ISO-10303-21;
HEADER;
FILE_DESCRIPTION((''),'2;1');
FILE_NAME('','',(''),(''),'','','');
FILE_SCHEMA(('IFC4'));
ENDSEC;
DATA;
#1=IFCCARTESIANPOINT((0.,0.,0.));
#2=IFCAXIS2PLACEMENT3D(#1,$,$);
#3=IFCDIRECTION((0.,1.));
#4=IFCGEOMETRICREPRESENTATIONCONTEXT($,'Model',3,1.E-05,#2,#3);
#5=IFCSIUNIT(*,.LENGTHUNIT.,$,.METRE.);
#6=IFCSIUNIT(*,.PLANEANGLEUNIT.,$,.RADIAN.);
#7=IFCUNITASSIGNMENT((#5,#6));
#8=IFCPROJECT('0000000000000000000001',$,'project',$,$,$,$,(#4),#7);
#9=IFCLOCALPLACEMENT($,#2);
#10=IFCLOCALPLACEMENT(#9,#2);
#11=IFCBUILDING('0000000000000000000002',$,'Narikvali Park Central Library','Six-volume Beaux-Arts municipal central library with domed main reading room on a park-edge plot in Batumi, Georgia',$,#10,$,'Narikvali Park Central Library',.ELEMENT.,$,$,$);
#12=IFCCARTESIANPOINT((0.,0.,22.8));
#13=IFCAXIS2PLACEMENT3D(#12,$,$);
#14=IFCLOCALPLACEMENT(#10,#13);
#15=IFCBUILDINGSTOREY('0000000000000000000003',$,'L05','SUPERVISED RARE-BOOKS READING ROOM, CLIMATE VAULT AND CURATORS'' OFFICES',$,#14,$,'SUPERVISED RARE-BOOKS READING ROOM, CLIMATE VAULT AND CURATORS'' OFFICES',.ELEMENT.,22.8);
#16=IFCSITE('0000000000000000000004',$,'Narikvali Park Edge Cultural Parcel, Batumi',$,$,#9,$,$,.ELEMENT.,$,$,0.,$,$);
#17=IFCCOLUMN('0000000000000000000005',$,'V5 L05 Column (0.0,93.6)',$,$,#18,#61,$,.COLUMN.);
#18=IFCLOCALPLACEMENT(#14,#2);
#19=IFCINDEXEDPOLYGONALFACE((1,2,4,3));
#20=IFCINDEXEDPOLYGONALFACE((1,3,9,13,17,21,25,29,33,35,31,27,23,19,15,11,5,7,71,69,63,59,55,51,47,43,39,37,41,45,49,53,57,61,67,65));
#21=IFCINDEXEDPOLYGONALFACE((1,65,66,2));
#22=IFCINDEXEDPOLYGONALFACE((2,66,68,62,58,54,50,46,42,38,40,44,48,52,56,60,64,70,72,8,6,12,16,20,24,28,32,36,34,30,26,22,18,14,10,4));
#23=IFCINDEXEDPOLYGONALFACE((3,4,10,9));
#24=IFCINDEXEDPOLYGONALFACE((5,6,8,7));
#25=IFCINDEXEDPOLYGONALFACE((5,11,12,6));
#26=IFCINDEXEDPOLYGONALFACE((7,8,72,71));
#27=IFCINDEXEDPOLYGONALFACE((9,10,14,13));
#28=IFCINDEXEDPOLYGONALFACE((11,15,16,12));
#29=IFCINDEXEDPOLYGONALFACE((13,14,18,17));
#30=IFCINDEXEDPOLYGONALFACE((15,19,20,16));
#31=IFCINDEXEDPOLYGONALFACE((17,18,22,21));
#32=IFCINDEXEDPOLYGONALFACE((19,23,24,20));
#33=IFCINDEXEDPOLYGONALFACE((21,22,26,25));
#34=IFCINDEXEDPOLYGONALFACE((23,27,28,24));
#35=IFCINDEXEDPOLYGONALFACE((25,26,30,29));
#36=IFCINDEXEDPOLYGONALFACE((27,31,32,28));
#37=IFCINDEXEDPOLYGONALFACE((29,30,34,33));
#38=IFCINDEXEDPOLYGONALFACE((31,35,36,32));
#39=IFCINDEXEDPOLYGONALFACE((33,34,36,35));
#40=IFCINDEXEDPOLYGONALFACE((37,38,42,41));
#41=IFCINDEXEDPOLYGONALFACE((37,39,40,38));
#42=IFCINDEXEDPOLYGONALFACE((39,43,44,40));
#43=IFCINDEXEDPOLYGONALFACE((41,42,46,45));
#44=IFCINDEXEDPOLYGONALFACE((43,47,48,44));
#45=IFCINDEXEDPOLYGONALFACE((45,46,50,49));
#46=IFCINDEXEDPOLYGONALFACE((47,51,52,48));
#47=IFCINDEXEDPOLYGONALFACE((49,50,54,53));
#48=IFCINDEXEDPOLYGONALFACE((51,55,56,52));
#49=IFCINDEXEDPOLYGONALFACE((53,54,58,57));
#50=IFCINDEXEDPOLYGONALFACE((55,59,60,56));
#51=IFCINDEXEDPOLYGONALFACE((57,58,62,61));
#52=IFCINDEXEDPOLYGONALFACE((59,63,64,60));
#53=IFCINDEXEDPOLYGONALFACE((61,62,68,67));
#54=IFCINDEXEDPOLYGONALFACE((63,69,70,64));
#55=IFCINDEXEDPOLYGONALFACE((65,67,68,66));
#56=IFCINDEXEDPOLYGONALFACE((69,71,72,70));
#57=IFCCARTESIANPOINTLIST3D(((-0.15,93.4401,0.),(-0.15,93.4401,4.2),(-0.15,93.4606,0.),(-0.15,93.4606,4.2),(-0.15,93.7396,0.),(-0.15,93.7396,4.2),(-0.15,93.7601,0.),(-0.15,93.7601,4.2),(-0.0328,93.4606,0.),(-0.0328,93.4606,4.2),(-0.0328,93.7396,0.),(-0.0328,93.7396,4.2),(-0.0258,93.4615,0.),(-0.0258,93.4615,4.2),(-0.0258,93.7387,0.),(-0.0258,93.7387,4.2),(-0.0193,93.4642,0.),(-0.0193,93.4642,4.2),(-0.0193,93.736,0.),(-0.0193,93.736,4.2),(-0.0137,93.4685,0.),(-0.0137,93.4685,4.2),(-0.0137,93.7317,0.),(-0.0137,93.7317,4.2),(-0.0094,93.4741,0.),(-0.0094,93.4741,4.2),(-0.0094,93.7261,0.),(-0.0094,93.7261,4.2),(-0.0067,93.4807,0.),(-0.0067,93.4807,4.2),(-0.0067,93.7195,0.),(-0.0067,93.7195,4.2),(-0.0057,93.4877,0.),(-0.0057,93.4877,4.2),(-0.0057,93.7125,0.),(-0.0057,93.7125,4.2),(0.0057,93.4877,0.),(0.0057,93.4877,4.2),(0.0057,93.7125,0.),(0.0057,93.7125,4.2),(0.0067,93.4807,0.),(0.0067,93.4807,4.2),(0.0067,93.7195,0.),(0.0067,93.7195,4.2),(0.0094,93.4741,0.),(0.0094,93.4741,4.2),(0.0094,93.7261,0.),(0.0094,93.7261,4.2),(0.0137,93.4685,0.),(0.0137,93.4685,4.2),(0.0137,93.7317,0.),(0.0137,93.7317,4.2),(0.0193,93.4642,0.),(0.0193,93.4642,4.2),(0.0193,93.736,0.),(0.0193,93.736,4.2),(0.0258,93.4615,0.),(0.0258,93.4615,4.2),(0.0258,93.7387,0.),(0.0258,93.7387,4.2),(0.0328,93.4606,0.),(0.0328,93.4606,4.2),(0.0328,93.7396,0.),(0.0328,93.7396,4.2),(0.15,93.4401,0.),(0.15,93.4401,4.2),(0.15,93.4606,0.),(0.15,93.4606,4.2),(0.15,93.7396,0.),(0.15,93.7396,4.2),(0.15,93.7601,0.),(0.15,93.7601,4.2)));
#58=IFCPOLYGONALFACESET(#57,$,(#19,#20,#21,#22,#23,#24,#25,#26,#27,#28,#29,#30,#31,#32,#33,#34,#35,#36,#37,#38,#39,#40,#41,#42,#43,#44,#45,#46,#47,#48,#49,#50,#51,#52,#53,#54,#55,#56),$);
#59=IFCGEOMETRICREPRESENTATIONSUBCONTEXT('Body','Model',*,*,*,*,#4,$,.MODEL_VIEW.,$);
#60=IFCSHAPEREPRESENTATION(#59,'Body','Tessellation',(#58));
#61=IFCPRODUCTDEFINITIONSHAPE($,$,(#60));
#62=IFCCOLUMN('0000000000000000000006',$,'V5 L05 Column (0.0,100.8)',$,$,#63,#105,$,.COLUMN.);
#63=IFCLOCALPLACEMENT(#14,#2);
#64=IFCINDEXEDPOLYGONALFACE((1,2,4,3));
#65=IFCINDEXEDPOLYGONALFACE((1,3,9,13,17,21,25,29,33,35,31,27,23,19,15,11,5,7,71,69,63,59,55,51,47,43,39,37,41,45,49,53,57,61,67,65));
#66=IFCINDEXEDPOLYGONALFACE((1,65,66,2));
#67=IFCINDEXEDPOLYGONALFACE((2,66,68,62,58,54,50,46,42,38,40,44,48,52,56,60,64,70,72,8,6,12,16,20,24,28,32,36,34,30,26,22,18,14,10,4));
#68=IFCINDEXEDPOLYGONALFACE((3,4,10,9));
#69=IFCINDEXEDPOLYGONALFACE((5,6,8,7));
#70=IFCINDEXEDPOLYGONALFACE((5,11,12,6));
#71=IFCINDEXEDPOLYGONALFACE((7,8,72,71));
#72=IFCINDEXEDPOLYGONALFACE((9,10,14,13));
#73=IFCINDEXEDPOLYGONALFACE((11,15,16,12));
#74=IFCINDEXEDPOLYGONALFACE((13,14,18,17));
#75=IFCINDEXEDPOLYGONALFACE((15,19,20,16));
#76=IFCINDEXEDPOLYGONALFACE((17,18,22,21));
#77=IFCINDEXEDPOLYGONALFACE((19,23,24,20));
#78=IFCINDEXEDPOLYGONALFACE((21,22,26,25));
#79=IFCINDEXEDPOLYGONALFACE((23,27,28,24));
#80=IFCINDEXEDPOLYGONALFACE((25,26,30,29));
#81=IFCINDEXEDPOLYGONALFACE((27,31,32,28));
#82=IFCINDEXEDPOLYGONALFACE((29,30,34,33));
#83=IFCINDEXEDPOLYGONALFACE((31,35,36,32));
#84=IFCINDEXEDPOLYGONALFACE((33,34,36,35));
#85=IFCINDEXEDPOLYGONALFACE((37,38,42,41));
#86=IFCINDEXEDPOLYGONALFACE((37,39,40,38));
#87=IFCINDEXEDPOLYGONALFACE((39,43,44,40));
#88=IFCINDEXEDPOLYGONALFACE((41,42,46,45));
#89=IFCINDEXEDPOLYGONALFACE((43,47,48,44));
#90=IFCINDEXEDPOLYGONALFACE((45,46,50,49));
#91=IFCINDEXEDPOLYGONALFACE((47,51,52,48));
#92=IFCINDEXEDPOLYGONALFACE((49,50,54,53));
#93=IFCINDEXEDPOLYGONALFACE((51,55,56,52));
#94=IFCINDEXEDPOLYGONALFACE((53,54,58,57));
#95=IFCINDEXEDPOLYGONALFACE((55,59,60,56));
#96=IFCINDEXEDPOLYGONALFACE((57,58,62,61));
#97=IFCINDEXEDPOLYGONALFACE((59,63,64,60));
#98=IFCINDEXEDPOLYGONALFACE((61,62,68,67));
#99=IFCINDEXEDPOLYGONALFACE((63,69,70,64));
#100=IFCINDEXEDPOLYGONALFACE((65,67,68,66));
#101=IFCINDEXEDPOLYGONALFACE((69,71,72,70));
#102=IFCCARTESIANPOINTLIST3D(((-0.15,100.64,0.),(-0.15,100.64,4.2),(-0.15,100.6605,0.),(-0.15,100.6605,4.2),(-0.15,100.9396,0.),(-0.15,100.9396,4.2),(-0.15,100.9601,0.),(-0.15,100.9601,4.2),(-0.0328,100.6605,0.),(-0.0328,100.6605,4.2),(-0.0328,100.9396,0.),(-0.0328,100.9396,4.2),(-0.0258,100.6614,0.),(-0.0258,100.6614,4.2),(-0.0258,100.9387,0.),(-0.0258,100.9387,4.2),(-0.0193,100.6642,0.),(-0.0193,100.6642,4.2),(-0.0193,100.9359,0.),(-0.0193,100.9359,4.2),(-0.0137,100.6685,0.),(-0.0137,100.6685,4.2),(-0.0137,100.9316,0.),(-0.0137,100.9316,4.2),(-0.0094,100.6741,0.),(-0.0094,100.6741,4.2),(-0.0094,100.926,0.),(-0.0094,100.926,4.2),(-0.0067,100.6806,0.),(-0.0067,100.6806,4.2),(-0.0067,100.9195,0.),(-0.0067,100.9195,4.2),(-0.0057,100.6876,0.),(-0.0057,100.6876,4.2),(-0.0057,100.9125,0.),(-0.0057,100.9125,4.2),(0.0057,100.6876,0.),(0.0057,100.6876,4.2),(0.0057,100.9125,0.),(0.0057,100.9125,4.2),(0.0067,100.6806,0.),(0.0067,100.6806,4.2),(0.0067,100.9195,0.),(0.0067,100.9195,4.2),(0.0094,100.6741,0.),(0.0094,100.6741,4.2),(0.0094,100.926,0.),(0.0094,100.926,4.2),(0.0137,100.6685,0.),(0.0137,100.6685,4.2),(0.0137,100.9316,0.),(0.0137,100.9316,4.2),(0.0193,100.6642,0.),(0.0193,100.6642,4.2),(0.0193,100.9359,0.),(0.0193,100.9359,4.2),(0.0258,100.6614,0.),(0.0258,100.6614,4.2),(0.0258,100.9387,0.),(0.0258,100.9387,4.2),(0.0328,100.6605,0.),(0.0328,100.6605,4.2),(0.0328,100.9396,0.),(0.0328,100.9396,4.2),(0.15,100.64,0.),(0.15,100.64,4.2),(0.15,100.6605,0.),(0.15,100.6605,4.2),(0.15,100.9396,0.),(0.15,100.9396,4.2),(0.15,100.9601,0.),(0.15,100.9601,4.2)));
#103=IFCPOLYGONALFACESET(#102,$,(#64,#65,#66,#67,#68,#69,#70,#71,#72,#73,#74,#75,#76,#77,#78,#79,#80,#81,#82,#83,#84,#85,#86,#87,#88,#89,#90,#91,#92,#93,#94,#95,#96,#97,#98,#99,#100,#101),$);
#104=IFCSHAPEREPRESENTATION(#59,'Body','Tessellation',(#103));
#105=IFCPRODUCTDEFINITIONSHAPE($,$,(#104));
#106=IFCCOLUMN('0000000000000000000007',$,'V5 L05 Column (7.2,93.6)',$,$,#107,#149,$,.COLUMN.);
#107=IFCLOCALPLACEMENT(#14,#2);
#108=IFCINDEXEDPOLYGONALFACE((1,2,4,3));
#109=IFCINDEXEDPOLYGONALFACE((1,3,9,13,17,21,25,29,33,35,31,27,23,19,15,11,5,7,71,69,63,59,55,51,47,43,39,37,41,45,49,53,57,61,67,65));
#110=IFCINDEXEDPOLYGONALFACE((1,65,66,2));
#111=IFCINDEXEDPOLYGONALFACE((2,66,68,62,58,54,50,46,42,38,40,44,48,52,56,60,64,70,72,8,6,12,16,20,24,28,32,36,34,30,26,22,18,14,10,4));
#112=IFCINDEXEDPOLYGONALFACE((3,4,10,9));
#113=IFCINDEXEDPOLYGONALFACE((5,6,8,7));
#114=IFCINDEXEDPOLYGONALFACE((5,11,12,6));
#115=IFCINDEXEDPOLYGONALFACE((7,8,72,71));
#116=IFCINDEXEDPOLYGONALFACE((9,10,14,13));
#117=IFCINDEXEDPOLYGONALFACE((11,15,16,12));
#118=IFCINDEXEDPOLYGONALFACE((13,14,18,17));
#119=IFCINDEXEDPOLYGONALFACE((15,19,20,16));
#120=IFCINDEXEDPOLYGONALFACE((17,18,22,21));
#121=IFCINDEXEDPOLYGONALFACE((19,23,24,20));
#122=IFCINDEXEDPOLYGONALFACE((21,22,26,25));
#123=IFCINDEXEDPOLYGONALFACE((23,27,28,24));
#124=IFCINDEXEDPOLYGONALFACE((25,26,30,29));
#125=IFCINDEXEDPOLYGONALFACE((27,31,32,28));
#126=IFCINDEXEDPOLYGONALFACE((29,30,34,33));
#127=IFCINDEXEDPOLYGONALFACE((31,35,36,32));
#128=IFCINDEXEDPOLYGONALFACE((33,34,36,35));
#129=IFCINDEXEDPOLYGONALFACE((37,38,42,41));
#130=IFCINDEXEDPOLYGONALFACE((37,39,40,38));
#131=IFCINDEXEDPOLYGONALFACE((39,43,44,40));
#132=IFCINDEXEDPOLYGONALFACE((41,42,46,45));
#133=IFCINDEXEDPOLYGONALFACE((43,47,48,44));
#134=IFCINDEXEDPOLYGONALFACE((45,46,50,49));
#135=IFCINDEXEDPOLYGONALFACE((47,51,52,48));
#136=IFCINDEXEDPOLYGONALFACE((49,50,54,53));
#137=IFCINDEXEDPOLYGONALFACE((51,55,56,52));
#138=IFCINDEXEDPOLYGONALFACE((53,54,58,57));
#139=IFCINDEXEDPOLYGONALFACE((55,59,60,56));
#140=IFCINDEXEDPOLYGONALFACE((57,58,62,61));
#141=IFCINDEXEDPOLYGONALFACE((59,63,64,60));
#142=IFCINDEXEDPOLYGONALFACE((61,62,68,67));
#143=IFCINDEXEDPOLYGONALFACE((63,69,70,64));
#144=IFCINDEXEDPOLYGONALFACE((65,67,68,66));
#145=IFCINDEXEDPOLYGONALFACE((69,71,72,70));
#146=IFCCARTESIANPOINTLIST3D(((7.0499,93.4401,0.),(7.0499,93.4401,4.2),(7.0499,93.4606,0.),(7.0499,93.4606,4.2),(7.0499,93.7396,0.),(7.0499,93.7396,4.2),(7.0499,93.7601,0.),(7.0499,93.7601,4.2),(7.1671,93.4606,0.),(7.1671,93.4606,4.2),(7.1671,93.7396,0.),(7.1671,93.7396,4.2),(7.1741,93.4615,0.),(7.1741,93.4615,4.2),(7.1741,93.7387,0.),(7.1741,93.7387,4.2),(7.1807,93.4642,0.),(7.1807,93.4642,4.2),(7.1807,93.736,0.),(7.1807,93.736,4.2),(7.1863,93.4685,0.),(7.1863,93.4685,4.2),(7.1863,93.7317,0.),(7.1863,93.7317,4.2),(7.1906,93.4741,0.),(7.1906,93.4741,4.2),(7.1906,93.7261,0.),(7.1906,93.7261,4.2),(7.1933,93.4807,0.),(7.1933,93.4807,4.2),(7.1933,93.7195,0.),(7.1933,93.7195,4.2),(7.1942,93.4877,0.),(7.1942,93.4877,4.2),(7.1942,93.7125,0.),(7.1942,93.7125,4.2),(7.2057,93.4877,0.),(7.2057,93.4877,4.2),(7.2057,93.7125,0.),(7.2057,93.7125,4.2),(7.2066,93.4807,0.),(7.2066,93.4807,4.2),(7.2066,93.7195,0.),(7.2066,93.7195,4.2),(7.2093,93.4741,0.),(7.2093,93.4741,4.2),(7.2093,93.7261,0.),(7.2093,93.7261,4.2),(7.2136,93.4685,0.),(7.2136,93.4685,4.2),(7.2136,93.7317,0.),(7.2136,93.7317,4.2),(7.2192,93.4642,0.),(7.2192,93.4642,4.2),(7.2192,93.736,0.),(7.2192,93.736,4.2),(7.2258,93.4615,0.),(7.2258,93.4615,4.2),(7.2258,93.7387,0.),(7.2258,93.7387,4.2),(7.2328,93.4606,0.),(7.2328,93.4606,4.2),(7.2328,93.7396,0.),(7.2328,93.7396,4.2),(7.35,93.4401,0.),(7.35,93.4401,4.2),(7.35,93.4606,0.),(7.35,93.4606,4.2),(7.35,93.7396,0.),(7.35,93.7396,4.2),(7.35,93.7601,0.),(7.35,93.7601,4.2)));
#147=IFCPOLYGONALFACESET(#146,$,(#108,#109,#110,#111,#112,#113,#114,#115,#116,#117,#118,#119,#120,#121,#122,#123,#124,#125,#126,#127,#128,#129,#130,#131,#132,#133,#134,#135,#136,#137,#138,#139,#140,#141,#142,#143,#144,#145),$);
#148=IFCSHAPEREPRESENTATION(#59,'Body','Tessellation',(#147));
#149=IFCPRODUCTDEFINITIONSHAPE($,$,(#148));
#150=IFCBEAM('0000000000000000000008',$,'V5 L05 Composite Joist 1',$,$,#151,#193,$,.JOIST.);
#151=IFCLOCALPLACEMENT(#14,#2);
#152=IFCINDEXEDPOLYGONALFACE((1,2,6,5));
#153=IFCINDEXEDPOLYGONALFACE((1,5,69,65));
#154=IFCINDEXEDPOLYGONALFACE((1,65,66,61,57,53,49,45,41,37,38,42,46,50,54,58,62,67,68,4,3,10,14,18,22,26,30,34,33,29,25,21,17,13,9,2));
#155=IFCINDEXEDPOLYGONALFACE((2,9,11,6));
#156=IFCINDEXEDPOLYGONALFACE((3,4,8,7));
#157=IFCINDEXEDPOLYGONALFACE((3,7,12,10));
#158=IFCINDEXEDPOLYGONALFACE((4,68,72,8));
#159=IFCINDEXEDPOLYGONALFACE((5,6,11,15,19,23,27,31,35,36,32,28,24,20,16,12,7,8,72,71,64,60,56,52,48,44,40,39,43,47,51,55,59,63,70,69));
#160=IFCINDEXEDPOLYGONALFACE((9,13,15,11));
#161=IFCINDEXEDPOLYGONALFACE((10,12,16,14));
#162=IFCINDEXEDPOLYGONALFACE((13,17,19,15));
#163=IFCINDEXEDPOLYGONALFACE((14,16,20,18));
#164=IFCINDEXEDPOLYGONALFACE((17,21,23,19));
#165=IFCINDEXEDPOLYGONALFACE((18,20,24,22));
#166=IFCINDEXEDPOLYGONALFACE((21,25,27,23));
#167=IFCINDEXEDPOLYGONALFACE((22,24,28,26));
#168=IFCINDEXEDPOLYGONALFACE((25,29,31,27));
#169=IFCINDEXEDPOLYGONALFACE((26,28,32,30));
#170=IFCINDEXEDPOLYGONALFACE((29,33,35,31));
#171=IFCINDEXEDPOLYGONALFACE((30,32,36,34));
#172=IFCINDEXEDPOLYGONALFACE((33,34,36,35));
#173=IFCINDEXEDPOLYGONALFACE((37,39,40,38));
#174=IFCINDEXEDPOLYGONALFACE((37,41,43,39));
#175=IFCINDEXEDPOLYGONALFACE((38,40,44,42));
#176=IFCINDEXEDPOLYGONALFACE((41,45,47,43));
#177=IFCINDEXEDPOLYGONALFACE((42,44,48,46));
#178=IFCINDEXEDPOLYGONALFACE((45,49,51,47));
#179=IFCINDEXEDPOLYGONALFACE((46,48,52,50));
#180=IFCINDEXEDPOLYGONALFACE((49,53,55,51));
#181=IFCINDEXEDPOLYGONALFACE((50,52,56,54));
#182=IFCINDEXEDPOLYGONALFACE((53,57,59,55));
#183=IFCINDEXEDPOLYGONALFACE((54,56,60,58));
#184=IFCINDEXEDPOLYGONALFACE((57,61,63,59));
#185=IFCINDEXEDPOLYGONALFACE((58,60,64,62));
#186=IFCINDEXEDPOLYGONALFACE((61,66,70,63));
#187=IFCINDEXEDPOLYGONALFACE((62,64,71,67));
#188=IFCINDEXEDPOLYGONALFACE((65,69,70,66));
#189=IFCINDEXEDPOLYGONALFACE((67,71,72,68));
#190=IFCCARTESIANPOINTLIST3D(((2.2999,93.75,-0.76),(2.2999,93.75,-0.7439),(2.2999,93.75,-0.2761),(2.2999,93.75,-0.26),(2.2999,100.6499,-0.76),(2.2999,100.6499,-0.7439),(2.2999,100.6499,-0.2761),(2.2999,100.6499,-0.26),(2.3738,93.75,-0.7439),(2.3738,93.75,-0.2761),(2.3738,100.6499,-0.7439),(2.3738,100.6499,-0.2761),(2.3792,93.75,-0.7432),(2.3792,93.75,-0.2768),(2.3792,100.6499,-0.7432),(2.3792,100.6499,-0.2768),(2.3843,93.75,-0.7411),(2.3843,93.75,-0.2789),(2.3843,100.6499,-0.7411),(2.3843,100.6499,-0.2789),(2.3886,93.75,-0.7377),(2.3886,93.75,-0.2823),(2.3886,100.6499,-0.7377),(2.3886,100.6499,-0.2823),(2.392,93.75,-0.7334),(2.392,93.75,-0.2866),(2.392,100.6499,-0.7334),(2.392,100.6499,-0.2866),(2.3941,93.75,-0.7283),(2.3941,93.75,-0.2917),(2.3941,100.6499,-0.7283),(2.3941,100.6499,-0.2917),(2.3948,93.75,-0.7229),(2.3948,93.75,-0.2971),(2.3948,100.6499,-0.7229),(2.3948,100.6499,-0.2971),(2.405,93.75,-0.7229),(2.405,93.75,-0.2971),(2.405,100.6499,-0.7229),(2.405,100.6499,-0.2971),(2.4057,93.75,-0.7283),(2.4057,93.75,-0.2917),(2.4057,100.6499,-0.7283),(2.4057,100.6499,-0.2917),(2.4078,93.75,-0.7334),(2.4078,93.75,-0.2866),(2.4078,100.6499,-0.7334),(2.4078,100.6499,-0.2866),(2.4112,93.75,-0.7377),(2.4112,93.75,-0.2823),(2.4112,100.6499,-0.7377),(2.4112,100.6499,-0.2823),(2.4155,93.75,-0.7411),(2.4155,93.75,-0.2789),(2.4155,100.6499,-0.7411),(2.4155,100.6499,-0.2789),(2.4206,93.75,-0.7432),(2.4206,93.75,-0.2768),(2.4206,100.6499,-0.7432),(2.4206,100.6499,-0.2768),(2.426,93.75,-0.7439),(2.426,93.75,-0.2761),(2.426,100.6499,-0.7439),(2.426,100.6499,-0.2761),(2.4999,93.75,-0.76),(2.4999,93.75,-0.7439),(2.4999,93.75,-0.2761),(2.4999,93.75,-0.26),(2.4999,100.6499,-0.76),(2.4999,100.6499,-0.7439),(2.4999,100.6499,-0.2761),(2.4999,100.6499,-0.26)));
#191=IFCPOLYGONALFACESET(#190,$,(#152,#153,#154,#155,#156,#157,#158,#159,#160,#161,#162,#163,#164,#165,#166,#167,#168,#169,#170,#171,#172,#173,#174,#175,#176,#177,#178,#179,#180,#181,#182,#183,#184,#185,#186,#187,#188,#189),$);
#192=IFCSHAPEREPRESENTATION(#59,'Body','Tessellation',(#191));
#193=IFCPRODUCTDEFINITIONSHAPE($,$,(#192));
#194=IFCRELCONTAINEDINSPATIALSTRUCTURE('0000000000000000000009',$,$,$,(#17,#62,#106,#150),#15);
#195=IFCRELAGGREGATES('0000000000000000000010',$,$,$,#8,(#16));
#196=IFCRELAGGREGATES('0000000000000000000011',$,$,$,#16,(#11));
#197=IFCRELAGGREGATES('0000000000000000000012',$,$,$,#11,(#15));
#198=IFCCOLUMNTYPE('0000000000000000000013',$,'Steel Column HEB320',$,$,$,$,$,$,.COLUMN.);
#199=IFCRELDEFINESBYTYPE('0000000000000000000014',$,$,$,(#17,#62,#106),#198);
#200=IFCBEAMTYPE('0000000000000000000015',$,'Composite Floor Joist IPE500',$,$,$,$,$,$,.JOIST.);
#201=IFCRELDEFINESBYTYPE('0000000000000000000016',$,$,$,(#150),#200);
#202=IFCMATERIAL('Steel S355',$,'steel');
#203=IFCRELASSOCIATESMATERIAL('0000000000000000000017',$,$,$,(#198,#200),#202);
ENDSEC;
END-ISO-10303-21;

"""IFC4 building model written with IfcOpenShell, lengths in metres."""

from ifc_helpers import new_model, si_unit, direction, frame, origin, origin_2d, place, context, subcontext, project, spatial, i_section, extrude, material, material_profile, profile_set, type_object, element, save


model = new_model("IFC4")

# Units and contexts
model_context = context("Model", 3, precision=1e-05, world=origin(), true_north=direction((0.0, 1.0)))
body_context = subcontext(model_context, "Body", "Model", "MODEL_VIEW")
ifc_project = project(units=[si_unit("LENGTHUNIT", "METRE"), si_unit("PLANEANGLEUNIT", "RADIAN")], contexts=[model_context])

# Site, building, storey
site_placement = place(None, origin())
site = spatial("IfcSite", under=ifc_project, at=site_placement, Name="Narikvali Park Edge Cultural Parcel, Batumi", CompositionType="ELEMENT", RefElevation=0.0)
building_placement = place(site_placement, origin())
building = spatial("IfcBuilding", under=site, at=building_placement, Name="Narikvali Park Central Library", Description="Six-volume Beaux-Arts municipal central library with domed main reading room on a park-edge plot in Batumi, Georgia", LongName="Narikvali Park Central Library", CompositionType="ELEMENT")
storey_placement = place(building_placement, frame((0.0, 0.0, 22.8)))
storey = spatial("IfcBuildingStorey", under=building, at=storey_placement, Name="L05", Description="SUPERVISED RARE-BOOKS READING ROOM, CLIMATE VAULT AND CURATORS' OFFICES", LongName="SUPERVISED RARE-BOOKS READING ROOM, CLIMATE VAULT AND CURATORS' OFFICES", CompositionType="ELEMENT", Elevation=22.8)

# Columns
ifc_material_1 = material(Name="Steel S355", Category="steel")
ifc_material_profile_1 = material_profile(ifc_material_1, i_section(OverallWidth=0.3, OverallDepth=0.3201, WebThickness=0.0115, FlangeThickness=0.0205, FilletRadius=0.0271, at=origin_2d()), Name="HEB 320")
ifc_profile_set_1 = profile_set([ifc_material_profile_1], Name="Steel S355")
column_type = type_object("IfcColumnType", Name="Steel Column HEB320", PredefinedType="COLUMN", material=ifc_profile_set_1)
for number, where, z_axis, x_axis, name in (
    (1, (0.0, 93.6001, 0.0), (0.0, 0.0, 1.0), (1.0, 0.0, 0.0), "V5 L05 Column (0.0,93.6)"),
    (2, (0.0, 100.8, 0.0), (0.0, 0.0, 1.0), (1.0, 0.0, 0.0), "V5 L05 Column (0.0,100.8)"),
    (3, (7.2, 93.6001, 0.0), (0.0, 0.0, 1.0), (1.0, 0.0, 0.0), "V5 L05 Column (7.2,93.6)"),
):
    element("IfcColumn", number, at=place(storey_placement, frame(where, z_axis=z_axis, x_axis=x_axis)), inside=storey, type_object=column_type, Name=name, PredefinedType="COLUMN", context=body_context, shape_type="SweptSolid", body=[
        extrude(i_section(OverallWidth=0.3, OverallDepth=0.3201, WebThickness=0.0115, FlangeThickness=0.0205, FilletRadius=0.0271, at=origin_2d()), origin(), (0.0, 0.0, 1.0), 4.2),
    ])

# Beam
ifc_material_profile_2 = material_profile(ifc_material_1, i_section(OverallWidth=0.2, OverallDepth=0.5, WebThickness=0.0103, FlangeThickness=0.0161, FilletRadius=0.021, at=origin_2d()), Name="IPE 500")
ifc_profile_set_2 = profile_set([ifc_material_profile_2], Name="Steel S355")
beam_type_1 = type_object("IfcBeamType", Name="Composite Floor Joist IPE500", PredefinedType="JOIST", material=ifc_profile_set_2)
for number, where, z_axis, x_axis, name in (
    (4, (2.3999, 93.75, -0.51), (0.0, 1.0, 0.0), (-1.0, 0.0, 0.0), "V5 L05 Composite Joist 1"),
):
    element("IfcBeam", number, at=place(storey_placement, frame(where, z_axis=z_axis, x_axis=x_axis)), inside=storey, type_object=beam_type_1, Name=name, PredefinedType="JOIST", context=body_context, shape_type="SweptSolid", body=[
        extrude(i_section(OverallWidth=0.2, OverallDepth=0.5, WebThickness=0.0103, FlangeThickness=0.0161, FilletRadius=0.021, at=origin_2d()), origin(), (0.0, 0.0, 1.0), 6.8999),
    ])

save(model, "model.ifc")
